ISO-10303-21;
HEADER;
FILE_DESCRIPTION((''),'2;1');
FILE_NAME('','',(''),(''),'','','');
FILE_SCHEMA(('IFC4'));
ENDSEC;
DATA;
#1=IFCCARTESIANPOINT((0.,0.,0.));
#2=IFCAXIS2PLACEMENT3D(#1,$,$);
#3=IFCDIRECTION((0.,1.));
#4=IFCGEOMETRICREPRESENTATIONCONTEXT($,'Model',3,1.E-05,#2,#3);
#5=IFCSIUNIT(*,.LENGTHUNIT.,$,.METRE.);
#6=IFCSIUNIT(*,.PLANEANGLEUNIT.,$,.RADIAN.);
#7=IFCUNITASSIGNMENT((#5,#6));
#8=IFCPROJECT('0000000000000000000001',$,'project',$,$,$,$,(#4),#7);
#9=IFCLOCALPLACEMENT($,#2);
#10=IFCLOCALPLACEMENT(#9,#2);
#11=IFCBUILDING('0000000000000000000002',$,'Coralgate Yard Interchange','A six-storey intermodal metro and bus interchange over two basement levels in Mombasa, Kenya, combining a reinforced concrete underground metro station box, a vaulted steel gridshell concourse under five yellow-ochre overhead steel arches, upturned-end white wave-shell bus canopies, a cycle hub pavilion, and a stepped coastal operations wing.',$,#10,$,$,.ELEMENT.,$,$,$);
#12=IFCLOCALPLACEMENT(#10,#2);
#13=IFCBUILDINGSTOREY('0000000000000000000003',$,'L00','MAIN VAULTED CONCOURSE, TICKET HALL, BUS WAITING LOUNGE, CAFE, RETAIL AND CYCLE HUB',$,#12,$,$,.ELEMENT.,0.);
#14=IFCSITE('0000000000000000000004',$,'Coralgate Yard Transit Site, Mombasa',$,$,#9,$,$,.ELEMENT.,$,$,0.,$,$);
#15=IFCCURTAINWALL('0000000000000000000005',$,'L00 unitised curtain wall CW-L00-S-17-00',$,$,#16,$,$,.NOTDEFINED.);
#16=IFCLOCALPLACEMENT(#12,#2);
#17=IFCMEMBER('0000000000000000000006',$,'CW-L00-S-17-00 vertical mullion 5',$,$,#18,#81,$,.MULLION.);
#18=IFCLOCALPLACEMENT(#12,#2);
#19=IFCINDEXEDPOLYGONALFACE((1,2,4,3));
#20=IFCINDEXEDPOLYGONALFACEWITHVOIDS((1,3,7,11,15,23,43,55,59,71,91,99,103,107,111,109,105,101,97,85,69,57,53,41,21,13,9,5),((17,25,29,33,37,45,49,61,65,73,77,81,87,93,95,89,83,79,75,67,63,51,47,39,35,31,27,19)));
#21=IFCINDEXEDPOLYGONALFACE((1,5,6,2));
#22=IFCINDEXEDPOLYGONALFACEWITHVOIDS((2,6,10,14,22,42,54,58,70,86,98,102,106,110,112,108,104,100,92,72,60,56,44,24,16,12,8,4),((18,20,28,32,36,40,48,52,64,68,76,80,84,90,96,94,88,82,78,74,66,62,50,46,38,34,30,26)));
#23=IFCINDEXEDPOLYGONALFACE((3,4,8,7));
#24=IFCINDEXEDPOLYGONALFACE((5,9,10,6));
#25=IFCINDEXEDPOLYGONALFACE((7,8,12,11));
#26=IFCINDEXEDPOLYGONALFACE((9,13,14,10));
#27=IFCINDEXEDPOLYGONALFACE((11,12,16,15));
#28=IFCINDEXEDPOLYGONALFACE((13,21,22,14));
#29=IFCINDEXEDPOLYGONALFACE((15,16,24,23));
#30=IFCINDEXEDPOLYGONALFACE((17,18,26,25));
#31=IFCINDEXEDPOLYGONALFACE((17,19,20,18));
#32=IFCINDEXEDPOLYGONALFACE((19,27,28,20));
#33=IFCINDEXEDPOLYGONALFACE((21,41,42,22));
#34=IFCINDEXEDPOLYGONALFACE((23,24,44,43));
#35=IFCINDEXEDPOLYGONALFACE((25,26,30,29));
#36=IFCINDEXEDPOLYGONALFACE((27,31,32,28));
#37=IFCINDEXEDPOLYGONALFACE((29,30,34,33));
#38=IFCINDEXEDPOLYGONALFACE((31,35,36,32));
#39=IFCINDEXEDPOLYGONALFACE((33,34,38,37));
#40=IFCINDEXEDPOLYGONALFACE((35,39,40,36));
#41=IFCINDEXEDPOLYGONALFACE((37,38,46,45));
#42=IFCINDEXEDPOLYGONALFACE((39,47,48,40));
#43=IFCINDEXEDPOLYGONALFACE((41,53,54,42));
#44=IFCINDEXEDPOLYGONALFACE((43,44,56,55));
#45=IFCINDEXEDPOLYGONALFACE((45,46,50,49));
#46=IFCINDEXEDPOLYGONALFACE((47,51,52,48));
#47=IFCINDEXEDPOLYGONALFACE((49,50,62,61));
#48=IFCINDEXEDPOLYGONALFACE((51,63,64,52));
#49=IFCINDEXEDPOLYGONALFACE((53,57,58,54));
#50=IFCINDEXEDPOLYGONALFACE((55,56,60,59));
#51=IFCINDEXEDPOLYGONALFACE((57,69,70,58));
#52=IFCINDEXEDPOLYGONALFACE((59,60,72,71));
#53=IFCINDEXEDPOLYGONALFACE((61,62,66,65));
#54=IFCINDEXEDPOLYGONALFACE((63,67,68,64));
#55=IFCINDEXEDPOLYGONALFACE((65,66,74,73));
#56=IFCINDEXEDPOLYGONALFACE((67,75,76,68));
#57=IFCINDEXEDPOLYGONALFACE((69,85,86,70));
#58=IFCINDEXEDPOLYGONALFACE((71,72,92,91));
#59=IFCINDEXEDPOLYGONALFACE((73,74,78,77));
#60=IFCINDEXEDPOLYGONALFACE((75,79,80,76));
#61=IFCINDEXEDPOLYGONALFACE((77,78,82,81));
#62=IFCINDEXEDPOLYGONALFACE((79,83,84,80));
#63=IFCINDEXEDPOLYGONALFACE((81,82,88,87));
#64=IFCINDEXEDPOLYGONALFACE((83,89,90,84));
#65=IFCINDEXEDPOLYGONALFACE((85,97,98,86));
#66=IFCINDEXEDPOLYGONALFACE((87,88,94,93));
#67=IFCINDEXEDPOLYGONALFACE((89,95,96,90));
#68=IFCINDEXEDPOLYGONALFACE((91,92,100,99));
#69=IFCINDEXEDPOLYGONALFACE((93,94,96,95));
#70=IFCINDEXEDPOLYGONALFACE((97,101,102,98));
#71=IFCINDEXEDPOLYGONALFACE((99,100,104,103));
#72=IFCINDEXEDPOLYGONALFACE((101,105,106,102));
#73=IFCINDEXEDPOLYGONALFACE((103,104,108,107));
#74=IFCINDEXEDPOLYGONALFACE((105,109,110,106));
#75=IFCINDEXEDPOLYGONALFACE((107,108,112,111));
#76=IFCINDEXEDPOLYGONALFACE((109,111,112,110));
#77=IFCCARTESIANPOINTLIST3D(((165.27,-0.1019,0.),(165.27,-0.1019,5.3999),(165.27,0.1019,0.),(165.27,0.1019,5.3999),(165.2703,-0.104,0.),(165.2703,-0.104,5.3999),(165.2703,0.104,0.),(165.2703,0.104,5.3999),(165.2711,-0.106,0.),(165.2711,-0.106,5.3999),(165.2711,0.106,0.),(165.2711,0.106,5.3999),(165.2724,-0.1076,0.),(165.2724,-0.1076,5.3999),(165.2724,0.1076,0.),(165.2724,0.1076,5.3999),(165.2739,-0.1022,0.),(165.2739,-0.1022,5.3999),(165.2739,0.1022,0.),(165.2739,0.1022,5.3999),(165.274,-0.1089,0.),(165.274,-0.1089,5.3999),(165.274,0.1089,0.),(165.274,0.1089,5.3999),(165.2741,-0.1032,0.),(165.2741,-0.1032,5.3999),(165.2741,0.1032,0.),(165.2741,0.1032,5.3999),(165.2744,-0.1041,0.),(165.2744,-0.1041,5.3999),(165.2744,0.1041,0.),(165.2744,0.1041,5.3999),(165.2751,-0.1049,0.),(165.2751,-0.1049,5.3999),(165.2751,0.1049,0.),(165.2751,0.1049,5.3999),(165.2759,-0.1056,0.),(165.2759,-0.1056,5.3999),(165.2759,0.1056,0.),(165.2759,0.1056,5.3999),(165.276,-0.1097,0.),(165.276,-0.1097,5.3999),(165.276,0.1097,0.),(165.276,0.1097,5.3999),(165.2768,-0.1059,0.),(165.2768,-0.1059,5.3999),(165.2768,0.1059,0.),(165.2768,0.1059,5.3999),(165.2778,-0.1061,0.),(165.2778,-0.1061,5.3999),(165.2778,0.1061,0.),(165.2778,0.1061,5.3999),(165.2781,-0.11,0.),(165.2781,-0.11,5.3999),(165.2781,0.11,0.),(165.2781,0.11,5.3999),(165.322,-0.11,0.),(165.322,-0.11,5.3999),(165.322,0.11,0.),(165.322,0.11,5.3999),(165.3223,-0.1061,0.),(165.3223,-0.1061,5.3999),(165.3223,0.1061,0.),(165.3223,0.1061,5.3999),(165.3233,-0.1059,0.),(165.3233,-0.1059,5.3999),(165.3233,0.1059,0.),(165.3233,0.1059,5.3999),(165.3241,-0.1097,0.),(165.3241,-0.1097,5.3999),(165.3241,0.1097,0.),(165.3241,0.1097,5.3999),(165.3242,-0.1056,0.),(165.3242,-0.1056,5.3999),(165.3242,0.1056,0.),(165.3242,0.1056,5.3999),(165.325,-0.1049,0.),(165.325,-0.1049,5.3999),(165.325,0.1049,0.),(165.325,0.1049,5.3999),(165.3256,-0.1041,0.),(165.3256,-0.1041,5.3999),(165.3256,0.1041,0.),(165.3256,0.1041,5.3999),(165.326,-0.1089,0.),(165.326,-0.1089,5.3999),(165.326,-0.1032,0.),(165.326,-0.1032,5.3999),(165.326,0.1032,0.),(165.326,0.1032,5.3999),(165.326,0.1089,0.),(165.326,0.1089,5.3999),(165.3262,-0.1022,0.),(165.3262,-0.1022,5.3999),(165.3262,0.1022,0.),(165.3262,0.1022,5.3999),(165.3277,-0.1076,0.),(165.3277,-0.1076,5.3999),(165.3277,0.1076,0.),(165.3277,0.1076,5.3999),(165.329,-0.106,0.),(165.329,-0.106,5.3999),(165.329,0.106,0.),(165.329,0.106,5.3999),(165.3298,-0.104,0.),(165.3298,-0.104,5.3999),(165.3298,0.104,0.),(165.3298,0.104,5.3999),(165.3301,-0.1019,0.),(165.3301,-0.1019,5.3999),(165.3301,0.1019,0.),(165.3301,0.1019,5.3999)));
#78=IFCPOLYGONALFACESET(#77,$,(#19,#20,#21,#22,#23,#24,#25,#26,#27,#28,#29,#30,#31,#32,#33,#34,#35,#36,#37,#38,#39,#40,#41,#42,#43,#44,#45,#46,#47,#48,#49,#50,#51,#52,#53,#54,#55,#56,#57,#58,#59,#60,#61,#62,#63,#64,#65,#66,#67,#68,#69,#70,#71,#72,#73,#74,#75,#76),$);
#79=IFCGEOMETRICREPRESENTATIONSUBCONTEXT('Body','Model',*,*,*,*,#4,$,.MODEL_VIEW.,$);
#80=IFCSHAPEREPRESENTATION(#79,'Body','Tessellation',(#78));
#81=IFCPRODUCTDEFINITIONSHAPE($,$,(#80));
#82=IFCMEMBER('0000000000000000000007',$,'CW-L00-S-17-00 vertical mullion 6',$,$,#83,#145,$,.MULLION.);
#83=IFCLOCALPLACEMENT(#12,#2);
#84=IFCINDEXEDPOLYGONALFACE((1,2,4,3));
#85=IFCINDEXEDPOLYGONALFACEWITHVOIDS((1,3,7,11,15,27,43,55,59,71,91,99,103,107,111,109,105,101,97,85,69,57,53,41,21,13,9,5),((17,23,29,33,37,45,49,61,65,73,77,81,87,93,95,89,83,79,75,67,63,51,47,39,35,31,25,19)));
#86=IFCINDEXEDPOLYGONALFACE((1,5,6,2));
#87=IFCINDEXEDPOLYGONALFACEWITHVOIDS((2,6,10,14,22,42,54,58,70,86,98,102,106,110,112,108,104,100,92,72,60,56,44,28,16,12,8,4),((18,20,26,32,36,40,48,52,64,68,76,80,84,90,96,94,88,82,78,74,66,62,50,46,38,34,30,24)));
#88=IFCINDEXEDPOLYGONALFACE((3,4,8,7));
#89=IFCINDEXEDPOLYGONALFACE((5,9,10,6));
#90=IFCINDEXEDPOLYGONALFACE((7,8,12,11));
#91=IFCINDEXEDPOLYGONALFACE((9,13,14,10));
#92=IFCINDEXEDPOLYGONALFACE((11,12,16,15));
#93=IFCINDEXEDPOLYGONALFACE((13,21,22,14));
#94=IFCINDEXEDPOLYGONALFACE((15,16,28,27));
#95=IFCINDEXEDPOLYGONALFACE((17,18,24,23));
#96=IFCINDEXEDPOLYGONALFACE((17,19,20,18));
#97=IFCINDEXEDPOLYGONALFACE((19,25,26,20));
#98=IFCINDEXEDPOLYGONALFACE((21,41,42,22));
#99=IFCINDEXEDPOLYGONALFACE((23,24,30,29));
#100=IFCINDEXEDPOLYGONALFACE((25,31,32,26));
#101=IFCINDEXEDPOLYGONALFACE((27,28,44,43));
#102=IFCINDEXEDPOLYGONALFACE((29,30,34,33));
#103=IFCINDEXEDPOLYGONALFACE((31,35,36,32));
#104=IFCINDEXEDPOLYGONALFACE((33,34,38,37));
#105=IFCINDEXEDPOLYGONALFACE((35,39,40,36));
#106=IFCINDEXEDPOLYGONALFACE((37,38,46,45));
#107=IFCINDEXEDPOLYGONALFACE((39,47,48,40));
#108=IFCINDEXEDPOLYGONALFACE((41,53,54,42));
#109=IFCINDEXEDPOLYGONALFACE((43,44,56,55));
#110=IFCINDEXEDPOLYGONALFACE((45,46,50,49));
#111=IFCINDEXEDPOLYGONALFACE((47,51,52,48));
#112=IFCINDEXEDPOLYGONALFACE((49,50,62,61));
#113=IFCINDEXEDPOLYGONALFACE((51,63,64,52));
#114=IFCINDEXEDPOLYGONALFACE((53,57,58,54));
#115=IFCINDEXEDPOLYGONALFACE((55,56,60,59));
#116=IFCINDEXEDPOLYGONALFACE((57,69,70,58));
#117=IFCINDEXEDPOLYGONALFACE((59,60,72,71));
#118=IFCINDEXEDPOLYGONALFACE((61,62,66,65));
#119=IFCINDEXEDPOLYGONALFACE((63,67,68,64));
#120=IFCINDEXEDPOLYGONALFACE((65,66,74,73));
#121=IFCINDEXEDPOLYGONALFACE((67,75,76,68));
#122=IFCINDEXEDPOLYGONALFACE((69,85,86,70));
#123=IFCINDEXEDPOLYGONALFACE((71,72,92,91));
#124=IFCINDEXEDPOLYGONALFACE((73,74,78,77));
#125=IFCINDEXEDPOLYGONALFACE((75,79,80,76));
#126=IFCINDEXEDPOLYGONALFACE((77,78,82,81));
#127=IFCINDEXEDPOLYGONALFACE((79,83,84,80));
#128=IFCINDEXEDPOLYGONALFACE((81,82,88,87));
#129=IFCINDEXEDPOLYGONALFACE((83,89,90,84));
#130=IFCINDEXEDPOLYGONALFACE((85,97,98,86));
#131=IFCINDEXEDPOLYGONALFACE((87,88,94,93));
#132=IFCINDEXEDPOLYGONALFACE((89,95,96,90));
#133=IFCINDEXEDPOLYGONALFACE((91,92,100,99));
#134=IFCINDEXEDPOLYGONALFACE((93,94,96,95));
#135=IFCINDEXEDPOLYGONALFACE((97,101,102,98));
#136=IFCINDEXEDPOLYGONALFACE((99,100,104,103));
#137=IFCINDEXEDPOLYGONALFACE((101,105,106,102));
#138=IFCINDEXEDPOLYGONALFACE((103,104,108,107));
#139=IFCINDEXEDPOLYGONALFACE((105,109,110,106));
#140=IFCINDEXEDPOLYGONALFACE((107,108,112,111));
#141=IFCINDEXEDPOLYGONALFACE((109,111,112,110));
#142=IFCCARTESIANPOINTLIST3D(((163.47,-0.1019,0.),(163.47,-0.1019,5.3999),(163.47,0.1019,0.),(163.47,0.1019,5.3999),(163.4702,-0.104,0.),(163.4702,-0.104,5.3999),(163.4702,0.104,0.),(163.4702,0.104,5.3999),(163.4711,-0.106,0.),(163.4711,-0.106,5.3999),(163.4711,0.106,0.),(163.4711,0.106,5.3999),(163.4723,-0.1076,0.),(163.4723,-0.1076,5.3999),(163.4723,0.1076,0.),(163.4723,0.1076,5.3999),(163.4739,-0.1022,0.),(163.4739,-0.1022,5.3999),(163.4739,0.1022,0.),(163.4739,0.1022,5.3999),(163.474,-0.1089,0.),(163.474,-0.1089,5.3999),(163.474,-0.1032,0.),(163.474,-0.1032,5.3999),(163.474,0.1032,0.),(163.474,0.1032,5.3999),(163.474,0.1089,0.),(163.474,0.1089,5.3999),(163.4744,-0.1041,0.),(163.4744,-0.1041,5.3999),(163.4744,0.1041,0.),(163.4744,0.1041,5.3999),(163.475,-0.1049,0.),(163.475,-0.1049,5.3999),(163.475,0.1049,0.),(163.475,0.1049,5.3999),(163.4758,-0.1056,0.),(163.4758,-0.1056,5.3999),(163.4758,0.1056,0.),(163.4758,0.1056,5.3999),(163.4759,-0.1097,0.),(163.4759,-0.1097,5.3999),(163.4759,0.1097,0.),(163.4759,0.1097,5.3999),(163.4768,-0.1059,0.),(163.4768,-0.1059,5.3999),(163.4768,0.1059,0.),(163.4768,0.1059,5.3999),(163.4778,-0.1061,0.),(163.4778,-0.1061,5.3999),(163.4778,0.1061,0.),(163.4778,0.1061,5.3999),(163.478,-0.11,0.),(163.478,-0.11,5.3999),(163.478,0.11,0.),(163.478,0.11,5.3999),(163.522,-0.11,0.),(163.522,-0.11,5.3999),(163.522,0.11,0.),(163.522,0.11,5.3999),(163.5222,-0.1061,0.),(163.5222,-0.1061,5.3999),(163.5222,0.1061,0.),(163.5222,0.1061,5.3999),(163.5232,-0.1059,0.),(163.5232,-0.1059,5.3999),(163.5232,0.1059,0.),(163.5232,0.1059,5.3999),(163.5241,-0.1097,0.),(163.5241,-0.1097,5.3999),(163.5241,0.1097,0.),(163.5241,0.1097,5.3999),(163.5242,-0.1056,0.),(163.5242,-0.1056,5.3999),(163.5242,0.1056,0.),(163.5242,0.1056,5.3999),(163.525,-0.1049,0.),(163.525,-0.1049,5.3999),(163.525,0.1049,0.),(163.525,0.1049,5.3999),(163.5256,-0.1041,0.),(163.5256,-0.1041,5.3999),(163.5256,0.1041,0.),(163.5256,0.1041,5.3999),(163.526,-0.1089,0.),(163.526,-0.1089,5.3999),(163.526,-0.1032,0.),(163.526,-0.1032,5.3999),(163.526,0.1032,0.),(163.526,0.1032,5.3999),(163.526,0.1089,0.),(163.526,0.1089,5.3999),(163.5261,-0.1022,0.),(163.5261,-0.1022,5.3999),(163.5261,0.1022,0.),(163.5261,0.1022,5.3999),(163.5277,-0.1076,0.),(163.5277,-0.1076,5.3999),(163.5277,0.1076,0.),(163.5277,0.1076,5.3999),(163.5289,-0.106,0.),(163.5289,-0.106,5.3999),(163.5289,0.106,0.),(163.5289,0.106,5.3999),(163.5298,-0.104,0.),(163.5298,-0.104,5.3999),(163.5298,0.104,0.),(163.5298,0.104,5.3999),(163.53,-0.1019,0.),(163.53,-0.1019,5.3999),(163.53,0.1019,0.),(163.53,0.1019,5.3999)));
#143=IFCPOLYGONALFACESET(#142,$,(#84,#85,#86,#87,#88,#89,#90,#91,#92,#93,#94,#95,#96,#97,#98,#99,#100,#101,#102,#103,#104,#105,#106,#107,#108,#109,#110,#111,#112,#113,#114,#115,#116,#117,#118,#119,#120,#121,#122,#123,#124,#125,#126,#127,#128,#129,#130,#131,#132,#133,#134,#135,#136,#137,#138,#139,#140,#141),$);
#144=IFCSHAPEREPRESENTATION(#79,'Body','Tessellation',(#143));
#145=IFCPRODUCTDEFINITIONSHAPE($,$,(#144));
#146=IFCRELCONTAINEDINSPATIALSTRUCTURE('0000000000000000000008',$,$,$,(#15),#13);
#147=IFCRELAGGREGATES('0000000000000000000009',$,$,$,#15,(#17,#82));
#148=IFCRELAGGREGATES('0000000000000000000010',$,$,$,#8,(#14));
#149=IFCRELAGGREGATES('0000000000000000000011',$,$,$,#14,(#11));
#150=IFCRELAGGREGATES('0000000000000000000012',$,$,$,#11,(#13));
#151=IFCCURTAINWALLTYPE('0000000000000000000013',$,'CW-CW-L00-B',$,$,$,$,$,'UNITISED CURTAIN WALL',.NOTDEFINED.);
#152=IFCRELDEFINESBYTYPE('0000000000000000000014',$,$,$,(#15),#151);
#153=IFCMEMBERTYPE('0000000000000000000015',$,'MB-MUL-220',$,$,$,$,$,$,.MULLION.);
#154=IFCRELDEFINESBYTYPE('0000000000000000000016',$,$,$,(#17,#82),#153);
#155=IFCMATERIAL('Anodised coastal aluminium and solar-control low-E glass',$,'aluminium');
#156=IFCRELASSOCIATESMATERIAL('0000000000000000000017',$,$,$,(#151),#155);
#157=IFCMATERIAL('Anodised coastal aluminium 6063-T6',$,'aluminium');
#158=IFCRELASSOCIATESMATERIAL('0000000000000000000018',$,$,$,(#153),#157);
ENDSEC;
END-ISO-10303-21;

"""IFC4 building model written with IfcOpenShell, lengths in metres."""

from ifc_helpers import new_model, si_unit, direction, frame, origin, origin_2d, place, context, subcontext, project, spatial, hollow_rectangle, extrude, material, material_profile, profile_set, type_object, element, aggregate, save


model = new_model("IFC4")

# Units and contexts
model_context = context("Model", 3, precision=1e-05, world=origin(), true_north=direction((0.0, 1.0)))
body_context = subcontext(model_context, "Body", "Model", "MODEL_VIEW")
ifc_project = project(units=[si_unit("LENGTHUNIT", "METRE"), si_unit("PLANEANGLEUNIT", "RADIAN")], contexts=[model_context])

# Site, building, storey
site_placement = place(None, origin())
site = spatial("IfcSite", under=ifc_project, at=site_placement, Name="Coralgate Yard Transit Site, Mombasa", CompositionType="ELEMENT", RefElevation=0.0)
building_placement = place(site_placement, origin())
building = spatial("IfcBuilding", under=site, at=building_placement, Name="Coralgate Yard Interchange", Description="A six-storey intermodal metro and bus interchange over two basement levels in Mombasa, Kenya, combining a reinforced concrete underground metro station box, a vaulted steel gridshell concourse under five yellow-ochre overhead steel arches, upturned-end white wave-shell bus canopies, a cycle hub pavilion, and a stepped coastal operations wing.", CompositionType="ELEMENT")
storey_placement = place(building_placement, origin())
storey = spatial("IfcBuildingStorey", under=building, at=storey_placement, Name="L00", Description="MAIN VAULTED CONCOURSE, TICKET HALL, BUS WAITING LOUNGE, CAFE, RETAIL AND CYCLE HUB", CompositionType="ELEMENT", Elevation=0.0)

# Curtain wall, members
ifc_material_1 = material(Name="Anodised coastal aluminium and solar-control low-E glass", Category="aluminium")
curtain_wall_type = type_object("IfcCurtainWallType", Name="CW-CW-L00-B", ElementType="UNITISED CURTAIN WALL", PredefinedType="NOTDEFINED", material=ifc_material_1)
curtain_wall_placement = place(storey_placement, origin())
curtain_wall = element("IfcCurtainWall", 1, at=curtain_wall_placement, inside=storey, type_object=curtain_wall_type, Name="L00 unitised curtain wall CW-L00-S-17-00", PredefinedType="NOTDEFINED")
ifc_material_2 = material(Name="Anodised coastal aluminium 6063-T6", Category="aluminium")
ifc_material_profile_1 = material_profile(ifc_material_2, hollow_rectangle(XDim=0.0601, YDim=0.22, WallThickness=0.0039, InnerFilletRadius=0.0039, OuterFilletRadius=0.0081, at=origin_2d()), Name="ALU 60x220x4")
ifc_profile_set_1 = profile_set([ifc_material_profile_1], Name="Anodised coastal aluminium 6063-T6")
member_type_1 = type_object("IfcMemberType", Name="MB-MUL-220", PredefinedType="MULLION", material=ifc_profile_set_1)
member_1_placement = place(storey_placement, frame((165.3, 0.0, 0.0), z_axis=(0.0, 0.0, 1.0), x_axis=(1.0, 0.0, 0.0)))
member_1 = element("IfcMember", 2, at=member_1_placement, type_object=member_type_1, Name="CW-L00-S-17-00 vertical mullion 5", PredefinedType="MULLION", context=body_context, shape_type="SweptSolid", body=[
    extrude(hollow_rectangle(XDim=0.0601, YDim=0.22, WallThickness=0.0039, InnerFilletRadius=0.0039, OuterFilletRadius=0.0081, at=origin_2d()), origin(), (0.0, 0.0, 1.0), 5.3999),
])
member_2_placement = place(storey_placement, frame((163.5, 0.0, 0.0), z_axis=(0.0, 0.0, 1.0), x_axis=(1.0, 0.0, 0.0)))
member_2 = element("IfcMember", 3, at=member_2_placement, type_object=member_type_1, Name="CW-L00-S-17-00 vertical mullion 6", PredefinedType="MULLION", context=body_context, shape_type="SweptSolid", body=[
    extrude(hollow_rectangle(XDim=0.0601, YDim=0.22, WallThickness=0.0039, InnerFilletRadius=0.0039, OuterFilletRadius=0.0081, at=origin_2d()), origin(), (0.0, 0.0, 1.0), 5.3999),
])
aggregate(curtain_wall, [member_1, member_2])

save(model, "model.ifc")
